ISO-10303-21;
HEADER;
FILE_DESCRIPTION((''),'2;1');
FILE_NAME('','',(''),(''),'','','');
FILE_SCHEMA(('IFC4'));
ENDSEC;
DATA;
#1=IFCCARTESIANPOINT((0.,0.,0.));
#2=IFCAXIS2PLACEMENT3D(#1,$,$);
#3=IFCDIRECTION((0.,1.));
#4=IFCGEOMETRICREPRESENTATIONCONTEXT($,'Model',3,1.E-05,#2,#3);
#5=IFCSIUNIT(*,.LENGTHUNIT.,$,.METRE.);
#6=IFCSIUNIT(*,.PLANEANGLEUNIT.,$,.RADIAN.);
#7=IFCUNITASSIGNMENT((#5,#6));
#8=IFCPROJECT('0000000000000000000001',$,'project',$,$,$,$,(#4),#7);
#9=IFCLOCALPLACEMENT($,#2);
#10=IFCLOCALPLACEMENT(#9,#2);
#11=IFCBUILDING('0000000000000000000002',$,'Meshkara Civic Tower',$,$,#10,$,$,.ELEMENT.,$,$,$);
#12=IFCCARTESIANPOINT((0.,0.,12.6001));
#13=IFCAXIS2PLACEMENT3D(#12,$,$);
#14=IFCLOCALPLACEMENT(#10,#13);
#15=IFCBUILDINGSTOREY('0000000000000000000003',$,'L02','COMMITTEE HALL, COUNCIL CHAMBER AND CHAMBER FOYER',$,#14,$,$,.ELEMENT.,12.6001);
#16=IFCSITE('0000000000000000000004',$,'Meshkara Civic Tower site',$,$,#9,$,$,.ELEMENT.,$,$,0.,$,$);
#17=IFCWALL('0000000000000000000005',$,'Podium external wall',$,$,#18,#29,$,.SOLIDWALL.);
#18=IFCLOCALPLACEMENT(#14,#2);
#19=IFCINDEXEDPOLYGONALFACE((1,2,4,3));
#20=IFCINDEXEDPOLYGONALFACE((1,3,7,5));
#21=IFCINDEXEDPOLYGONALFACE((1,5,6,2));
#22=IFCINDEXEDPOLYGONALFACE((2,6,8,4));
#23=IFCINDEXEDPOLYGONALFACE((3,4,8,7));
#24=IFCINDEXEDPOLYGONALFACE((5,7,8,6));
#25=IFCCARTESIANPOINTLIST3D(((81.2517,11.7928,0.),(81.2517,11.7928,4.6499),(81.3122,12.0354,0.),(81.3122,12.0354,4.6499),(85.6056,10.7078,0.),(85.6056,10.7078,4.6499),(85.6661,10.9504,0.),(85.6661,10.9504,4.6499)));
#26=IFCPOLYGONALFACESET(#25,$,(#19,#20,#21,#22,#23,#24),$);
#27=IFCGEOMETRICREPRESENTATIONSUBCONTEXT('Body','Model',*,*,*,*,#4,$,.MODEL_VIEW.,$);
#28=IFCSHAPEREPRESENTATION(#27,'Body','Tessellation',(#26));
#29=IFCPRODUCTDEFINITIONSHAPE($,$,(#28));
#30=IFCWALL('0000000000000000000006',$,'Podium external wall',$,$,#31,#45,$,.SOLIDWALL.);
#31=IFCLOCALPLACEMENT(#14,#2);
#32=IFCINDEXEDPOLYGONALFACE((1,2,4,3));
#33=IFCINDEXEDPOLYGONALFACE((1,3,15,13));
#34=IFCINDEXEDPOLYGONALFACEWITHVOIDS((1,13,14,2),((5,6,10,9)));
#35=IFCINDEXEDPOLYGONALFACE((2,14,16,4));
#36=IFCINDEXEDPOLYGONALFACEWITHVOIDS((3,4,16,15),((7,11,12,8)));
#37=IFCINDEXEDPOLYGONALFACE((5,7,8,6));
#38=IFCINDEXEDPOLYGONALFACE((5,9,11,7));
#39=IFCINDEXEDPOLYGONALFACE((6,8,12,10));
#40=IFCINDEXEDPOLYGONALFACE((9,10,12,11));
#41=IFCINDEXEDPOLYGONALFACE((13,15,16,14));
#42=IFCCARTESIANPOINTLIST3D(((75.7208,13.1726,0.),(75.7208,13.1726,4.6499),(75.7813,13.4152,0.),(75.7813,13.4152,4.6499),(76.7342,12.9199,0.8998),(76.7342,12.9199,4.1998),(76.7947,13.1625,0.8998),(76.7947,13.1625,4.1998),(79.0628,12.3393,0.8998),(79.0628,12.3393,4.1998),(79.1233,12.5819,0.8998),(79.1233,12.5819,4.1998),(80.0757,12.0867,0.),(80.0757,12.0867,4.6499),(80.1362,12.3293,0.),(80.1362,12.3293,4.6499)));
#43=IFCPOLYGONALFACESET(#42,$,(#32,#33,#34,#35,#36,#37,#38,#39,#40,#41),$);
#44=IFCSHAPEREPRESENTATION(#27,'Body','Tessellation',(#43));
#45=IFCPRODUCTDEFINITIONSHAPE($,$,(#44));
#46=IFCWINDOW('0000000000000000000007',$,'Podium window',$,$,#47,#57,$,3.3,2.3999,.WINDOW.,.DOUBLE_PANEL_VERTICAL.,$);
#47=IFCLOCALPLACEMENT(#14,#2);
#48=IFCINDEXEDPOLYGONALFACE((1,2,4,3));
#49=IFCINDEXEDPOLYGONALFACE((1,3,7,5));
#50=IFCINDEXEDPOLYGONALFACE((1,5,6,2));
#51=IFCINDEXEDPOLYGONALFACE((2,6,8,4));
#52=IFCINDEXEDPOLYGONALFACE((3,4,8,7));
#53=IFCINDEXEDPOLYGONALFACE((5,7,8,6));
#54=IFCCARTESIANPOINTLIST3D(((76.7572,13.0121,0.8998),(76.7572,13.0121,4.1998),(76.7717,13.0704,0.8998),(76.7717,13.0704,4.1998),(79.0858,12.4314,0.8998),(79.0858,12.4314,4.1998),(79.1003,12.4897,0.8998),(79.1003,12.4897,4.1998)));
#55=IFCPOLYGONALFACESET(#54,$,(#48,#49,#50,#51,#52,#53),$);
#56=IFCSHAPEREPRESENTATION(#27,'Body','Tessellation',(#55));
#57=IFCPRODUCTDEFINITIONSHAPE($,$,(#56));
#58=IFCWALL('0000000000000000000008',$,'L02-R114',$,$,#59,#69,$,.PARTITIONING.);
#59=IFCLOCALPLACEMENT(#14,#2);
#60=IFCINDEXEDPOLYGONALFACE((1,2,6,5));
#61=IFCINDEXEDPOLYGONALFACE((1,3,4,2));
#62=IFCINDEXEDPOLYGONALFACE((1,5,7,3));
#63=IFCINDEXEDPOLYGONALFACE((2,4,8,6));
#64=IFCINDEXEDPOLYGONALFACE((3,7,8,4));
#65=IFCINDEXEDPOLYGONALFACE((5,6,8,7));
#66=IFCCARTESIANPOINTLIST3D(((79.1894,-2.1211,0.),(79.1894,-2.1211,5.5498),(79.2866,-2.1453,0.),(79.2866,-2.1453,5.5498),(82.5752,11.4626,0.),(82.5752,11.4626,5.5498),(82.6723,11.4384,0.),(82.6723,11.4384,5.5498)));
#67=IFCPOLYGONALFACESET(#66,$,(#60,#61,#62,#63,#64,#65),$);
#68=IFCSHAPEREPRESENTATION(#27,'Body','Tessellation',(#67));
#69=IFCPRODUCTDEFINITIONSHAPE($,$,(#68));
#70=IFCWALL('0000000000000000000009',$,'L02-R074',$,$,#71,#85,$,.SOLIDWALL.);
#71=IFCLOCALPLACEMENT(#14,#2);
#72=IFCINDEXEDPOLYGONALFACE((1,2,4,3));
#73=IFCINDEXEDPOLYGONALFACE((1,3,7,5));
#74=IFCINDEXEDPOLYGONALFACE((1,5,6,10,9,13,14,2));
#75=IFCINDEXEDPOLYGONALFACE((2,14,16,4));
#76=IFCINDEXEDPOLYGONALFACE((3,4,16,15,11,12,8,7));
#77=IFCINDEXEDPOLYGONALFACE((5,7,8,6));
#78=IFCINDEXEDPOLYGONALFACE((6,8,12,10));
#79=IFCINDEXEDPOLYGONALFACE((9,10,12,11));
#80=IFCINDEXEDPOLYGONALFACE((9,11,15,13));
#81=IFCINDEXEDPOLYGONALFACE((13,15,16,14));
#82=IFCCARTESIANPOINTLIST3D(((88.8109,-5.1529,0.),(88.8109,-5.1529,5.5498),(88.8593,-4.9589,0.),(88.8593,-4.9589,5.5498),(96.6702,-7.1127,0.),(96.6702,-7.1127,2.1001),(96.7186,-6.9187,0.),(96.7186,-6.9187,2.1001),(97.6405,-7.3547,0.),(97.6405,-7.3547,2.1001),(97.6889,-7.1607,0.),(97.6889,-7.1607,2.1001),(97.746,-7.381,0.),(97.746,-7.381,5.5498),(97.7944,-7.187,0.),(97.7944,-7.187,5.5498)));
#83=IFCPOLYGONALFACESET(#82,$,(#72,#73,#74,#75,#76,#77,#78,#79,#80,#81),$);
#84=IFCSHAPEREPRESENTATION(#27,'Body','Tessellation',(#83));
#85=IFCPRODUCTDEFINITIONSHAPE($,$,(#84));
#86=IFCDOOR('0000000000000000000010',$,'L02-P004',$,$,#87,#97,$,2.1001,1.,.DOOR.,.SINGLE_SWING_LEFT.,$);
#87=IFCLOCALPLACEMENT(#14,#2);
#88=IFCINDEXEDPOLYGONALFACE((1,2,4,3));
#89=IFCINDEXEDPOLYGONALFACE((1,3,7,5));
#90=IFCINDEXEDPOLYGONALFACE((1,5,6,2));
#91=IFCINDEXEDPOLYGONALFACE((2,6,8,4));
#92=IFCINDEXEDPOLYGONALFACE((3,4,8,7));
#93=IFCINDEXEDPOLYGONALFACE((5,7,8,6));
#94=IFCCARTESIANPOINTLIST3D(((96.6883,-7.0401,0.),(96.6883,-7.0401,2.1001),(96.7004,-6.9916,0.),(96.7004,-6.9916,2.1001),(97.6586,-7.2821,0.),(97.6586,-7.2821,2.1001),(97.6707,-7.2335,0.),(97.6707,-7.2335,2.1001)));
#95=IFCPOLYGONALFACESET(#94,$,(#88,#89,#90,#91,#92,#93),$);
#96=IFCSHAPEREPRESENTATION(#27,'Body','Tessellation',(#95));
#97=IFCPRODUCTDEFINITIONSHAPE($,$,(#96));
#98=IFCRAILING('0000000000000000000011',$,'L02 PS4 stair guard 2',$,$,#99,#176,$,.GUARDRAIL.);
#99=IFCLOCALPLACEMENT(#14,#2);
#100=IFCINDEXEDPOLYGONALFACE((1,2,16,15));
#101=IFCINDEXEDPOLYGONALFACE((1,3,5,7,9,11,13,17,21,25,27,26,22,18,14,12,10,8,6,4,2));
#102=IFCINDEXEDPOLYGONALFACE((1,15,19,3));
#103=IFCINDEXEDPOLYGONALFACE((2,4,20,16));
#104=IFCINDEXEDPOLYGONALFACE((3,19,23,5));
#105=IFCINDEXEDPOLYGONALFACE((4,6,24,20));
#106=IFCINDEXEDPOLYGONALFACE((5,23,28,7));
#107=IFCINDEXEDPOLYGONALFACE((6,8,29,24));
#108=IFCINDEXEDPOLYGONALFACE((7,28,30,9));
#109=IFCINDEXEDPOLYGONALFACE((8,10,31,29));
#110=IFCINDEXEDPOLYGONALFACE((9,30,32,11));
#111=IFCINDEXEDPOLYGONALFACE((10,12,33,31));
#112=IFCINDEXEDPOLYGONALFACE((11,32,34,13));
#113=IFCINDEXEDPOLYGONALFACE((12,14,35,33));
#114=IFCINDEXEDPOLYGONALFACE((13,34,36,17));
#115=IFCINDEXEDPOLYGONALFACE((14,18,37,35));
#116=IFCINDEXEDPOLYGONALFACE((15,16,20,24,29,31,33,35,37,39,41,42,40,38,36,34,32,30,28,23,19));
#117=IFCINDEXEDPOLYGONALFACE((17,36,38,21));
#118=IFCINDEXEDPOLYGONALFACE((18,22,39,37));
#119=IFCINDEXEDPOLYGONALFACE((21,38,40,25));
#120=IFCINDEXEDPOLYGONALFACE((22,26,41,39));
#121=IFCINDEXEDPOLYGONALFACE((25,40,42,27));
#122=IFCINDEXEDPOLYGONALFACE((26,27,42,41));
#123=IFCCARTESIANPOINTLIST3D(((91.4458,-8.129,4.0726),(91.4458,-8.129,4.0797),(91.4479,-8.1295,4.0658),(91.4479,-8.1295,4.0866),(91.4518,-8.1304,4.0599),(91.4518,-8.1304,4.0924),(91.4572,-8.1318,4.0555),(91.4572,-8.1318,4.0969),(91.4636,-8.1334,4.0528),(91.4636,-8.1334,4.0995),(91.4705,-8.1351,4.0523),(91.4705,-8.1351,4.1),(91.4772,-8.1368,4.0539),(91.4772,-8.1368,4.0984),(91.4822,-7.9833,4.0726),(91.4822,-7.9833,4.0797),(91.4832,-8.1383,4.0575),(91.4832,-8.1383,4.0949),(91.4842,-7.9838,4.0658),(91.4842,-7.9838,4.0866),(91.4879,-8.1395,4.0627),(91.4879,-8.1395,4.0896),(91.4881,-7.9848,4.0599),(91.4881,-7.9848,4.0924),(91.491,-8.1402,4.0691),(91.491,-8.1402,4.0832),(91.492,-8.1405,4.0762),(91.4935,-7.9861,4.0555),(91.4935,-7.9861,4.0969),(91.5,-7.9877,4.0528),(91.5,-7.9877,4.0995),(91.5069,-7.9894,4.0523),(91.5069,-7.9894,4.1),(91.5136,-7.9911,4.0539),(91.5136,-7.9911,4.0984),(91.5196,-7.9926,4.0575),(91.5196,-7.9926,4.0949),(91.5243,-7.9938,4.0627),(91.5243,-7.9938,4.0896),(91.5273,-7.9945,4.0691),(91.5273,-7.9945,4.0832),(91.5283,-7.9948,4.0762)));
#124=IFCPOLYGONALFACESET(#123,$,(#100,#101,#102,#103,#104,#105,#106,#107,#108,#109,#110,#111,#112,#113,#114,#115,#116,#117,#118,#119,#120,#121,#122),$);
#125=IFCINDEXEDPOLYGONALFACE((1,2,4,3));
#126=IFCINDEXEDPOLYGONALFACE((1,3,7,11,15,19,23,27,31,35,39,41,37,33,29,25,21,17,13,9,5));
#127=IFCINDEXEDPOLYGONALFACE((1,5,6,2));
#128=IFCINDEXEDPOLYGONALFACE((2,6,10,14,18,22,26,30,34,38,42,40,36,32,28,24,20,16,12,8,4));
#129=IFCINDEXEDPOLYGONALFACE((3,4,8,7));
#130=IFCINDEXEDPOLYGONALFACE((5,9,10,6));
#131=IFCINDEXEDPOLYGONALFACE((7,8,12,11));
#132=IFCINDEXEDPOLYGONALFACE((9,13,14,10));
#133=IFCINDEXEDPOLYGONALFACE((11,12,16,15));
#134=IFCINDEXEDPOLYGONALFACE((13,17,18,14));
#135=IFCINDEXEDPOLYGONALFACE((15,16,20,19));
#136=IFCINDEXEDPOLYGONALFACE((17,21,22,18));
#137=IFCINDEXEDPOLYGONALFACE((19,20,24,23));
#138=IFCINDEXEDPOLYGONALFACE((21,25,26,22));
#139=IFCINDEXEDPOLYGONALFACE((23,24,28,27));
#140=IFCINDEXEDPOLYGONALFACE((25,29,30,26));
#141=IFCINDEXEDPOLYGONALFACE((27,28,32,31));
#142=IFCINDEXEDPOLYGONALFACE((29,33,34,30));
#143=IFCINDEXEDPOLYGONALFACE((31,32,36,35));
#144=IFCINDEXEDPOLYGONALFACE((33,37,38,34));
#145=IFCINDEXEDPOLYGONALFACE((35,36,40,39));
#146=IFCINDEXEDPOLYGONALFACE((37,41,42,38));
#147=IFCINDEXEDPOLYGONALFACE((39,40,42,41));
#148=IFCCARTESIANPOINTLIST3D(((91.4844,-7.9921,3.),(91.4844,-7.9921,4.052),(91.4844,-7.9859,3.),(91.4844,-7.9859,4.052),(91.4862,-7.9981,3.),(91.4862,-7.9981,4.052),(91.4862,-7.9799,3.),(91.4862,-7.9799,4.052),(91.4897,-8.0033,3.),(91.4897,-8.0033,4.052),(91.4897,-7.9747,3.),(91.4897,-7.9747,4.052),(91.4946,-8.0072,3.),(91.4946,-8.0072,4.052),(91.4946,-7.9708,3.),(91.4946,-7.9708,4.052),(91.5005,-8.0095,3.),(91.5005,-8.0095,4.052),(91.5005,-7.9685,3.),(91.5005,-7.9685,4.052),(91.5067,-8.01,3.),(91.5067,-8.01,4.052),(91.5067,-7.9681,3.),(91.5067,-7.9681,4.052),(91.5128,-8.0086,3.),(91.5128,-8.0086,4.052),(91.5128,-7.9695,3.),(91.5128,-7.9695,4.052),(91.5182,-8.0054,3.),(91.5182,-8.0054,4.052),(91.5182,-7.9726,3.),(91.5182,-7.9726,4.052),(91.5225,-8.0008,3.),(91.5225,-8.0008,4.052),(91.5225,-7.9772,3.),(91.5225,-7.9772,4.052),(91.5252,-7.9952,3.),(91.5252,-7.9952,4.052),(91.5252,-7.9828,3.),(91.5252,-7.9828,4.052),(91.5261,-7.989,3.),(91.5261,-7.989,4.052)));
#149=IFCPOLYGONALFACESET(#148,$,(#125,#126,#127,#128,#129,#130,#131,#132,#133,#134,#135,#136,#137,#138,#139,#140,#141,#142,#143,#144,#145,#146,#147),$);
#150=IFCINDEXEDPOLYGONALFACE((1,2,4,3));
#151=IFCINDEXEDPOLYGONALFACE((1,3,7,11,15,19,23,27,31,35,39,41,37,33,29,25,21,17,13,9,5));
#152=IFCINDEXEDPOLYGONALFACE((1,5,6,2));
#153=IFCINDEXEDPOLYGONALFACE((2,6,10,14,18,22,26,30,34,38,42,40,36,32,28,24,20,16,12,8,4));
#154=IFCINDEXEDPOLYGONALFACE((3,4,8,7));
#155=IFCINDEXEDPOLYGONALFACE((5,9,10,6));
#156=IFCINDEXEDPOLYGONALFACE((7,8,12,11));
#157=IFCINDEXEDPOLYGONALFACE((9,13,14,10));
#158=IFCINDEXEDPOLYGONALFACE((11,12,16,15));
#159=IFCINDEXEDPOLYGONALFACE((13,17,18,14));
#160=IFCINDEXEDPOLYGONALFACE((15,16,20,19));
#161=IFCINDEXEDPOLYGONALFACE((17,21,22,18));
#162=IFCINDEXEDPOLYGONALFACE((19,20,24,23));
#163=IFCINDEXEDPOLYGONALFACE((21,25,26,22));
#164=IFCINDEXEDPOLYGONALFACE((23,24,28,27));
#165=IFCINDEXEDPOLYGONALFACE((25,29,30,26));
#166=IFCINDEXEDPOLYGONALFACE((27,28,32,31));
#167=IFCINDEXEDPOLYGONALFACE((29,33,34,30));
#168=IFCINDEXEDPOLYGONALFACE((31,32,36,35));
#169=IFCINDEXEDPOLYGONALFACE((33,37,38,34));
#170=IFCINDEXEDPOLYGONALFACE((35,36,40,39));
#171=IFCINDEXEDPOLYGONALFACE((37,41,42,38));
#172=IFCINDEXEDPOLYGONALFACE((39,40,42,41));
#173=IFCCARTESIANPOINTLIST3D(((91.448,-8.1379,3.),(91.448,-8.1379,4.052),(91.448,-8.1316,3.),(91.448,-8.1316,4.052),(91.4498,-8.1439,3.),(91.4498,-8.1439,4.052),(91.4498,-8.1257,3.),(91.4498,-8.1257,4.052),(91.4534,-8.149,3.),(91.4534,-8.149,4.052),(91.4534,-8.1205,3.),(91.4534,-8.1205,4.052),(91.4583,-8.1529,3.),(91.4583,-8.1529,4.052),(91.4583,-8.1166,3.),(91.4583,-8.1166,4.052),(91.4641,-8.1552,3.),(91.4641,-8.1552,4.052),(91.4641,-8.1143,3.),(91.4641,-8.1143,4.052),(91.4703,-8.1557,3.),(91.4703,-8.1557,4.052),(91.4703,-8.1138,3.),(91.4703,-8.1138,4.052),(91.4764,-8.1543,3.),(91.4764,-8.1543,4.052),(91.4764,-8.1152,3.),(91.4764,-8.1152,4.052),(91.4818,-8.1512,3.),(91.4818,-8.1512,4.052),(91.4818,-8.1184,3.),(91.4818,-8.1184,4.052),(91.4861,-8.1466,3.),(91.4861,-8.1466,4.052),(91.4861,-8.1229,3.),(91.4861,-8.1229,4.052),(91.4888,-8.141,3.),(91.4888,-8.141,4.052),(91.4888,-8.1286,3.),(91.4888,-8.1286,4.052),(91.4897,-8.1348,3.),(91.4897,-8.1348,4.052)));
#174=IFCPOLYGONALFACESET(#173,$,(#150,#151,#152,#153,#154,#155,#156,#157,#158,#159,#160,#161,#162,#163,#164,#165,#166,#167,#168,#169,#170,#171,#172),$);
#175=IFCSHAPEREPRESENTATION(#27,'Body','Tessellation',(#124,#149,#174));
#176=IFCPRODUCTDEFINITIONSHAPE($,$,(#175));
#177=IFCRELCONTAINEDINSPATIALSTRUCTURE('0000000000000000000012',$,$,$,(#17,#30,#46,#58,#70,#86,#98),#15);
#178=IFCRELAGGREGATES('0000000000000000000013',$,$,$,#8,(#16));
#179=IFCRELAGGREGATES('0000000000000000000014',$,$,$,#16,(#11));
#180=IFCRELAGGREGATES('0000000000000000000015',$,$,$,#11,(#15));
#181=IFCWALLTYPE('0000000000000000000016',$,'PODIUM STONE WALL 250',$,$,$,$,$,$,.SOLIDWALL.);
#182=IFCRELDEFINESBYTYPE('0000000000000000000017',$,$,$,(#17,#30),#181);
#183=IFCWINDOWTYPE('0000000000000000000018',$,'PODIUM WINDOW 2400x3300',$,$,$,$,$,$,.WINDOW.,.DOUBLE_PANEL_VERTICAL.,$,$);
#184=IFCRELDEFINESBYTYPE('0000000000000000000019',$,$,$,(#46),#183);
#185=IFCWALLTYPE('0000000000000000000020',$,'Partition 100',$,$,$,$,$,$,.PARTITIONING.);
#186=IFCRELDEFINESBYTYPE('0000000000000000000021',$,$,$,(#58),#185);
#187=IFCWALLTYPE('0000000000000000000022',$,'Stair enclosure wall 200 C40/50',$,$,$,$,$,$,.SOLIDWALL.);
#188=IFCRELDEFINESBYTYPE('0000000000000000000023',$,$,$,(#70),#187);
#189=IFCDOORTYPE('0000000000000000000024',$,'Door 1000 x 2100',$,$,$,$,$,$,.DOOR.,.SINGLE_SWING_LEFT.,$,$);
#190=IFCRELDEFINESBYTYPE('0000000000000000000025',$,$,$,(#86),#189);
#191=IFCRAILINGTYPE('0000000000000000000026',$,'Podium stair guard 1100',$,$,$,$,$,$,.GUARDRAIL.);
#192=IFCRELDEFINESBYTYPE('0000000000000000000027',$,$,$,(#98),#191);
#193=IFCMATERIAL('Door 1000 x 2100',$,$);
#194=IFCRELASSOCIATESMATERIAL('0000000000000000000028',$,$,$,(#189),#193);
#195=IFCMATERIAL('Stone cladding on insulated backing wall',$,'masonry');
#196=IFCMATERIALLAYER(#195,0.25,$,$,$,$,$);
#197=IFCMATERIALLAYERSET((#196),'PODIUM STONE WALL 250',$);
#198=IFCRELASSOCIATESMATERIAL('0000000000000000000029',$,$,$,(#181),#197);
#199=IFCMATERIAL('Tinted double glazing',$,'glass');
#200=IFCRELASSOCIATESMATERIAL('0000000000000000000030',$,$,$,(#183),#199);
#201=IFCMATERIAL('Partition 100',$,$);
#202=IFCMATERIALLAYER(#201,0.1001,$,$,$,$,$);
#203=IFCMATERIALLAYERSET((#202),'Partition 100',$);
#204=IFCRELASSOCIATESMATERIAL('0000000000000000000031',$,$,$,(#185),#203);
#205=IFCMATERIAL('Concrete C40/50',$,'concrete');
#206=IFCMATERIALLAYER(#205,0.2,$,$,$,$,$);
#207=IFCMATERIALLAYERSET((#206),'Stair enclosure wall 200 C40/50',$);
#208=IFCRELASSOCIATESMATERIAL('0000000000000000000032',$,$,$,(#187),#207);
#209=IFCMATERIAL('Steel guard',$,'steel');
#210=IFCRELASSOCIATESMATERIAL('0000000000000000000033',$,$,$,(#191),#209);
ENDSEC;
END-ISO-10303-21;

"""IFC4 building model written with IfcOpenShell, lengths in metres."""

from ifc_helpers import new_model, si_unit, direction, frame, frame_2d, origin, origin_2d, place, context, subcontext, project, spatial, rectangle, circle, extrude, material, layer, layer_set, type_object, element, fill, save


model = new_model("IFC4")

# Units and contexts
model_context = context("Model", 3, precision=1e-05, world=origin(), true_north=direction((0.0, 1.0)))
body_context = subcontext(model_context, "Body", "Model", "MODEL_VIEW")
ifc_project = project(units=[si_unit("LENGTHUNIT", "METRE"), si_unit("PLANEANGLEUNIT", "RADIAN")], contexts=[model_context])

# Site, building, storey
site_placement = place(None, origin())
site = spatial("IfcSite", under=ifc_project, at=site_placement, Name="Meshkara Civic Tower site", CompositionType="ELEMENT", RefElevation=0.0)
building_placement = place(site_placement, origin())
building = spatial("IfcBuilding", under=site, at=building_placement, Name="Meshkara Civic Tower", CompositionType="ELEMENT")
storey_placement = place(building_placement, frame((0.0, 0.0, 12.6001)))
storey = spatial("IfcBuildingStorey", under=building, at=storey_placement, Name="L02", Description="COMMITTEE HALL, COUNCIL CHAMBER AND CHAMBER FOYER", CompositionType="ELEMENT", Elevation=12.6001)

# Shared definitions
ifc_material_1 = material(Name="Door 1000 x 2100")
door_type_1 = type_object("IfcDoorType", Name="Door 1000 x 2100", OperationType="SINGLE_SWING_LEFT", PredefinedType="DOOR", material=ifc_material_1)

# Wall
ifc_material_2 = material(Name="Stone cladding on insulated backing wall", Category="masonry")
ifc_layer_1 = layer(ifc_material_2, 0.25)
ifc_layer_set_1 = layer_set([ifc_layer_1], Name="PODIUM STONE WALL 250")
wall_type_1 = type_object("IfcWallType", Name="PODIUM STONE WALL 250", PredefinedType="SOLIDWALL", material=ifc_layer_set_1)
wall_1_placement = place(storey_placement, frame((85.636, 10.8291, 0.0), z_axis=(0.0, 0.0, 1.0), x_axis=(-0.970328, 0.241793, 0.0)))
element("IfcWall", 1, at=wall_1_placement, inside=storey, type_object=wall_type_1, Name="Podium external wall", PredefinedType="SOLIDWALL", context=body_context, shape_type="SweptSolid", body=[
    extrude(rectangle(XDim=4.4871, YDim=0.25, at=frame_2d((2.2437, 0.0))), origin(), (0.0, 0.0, 1.0), 4.6499),
])

# Wall, opening, window
wall_2_placement = place(storey_placement, frame((80.106, 12.208, 0.0), z_axis=(0.0, 0.0, 1.0), x_axis=(-0.97029, 0.241947, 0.0)))
wall_2 = element("IfcWall", 2, at=wall_2_placement, inside=storey, type_object=wall_type_1, Name="Podium external wall", PredefinedType="SOLIDWALL", context=body_context, shape_type="SweptSolid", body=[
    extrude(rectangle(XDim=4.4883, YDim=0.25, at=frame_2d((2.2441, 0.0))), origin(), (0.0, 0.0, 1.0), 4.6499),
])
opening_1_placement = place(wall_2_placement, frame((1.0439, 0.0, 0.8999)))
opening_1 = element("IfcOpeningElement", 3, at=opening_1_placement, cuts=wall_2, PredefinedType="OPENING", context=body_context, shape_type="SweptSolid", body=[
    extrude(rectangle(XDim=2.3999, YDim=3.3, at=frame_2d((1.2, 1.6499))), frame((0.0, 0.135, 0.0), z_axis=(0.0, -1.0, 0.0), x_axis=(1.0, 0.0, 0.0)), (0.0, 0.0, 1.0), 0.27),
])
ifc_material_3 = material(Name="Tinted double glazing", Category="glass")
window_type = type_object("IfcWindowType", Name="PODIUM WINDOW 2400x3300", PartitioningType="DOUBLE_PANEL_VERTICAL", PredefinedType="WINDOW", material=ifc_material_3)
window_placement = place(opening_1_placement, origin())
window = element("IfcWindow", 4, at=window_placement, inside=storey, type_object=window_type, Name="Podium window", OverallHeight=3.3, OverallWidth=2.3999, PartitioningType="DOUBLE_PANEL_VERTICAL", PredefinedType="WINDOW", context=body_context, shape_type="SweptSolid", body=[
    extrude(rectangle(XDim=2.3999, YDim=3.3, at=frame_2d((1.2, 1.6499))), frame((0.0, 0.03, 0.0), z_axis=(0.0, -1.0, 0.0), x_axis=(1.0, 0.0, 0.0)), (0.0, 0.0, 1.0), 0.0601),
])
fill(opening_1, window)

# Wall
ifc_material_4 = material(Name="Partition 100")
ifc_layer_2 = layer(ifc_material_4, 0.1001)
ifc_layer_set_2 = layer_set([ifc_layer_2], Name="Partition 100")
wall_type_2 = type_object("IfcWallType", Name="Partition 100", PredefinedType="PARTITIONING", material=ifc_layer_set_2)
wall_3_placement = place(storey_placement, frame((79.238, -2.1331, 0.0), z_axis=(0.0, 0.0, 1.0), x_axis=(0.24185, 0.970314, 0.0)))
element("IfcWall", 5, at=wall_3_placement, inside=storey, type_object=wall_type_2, Name="L02-R114", PredefinedType="PARTITIONING", context=body_context, shape_type="SweptSolid", body=[
    extrude(rectangle(XDim=13.9993, YDim=0.1001, at=frame_2d((6.9995, 0.0))), origin(), (0.0, 0.0, 1.0), 5.5498),
])

# Wall, opening, door
ifc_material_5 = material(Name="Concrete C40/50", Category="concrete")
ifc_layer_3 = layer(ifc_material_5, 0.2)
ifc_layer_set_3 = layer_set([ifc_layer_3], Name="Stair enclosure wall 200 C40/50")
wall_type_3 = type_object("IfcWallType", Name="Stair enclosure wall 200 C40/50", PredefinedType="SOLIDWALL", material=ifc_layer_set_3)
wall_4_placement = place(storey_placement, frame((88.835, -5.0559, 0.0), z_axis=(0.0, 0.0, 1.0), x_axis=(0.970289, -0.241949, 0.0)))
wall_4 = element("IfcWall", 6, at=wall_4_placement, inside=storey, type_object=wall_type_3, Name="L02-R074", PredefinedType="SOLIDWALL", context=body_context, shape_type="SweptSolid", body=[
    extrude(rectangle(XDim=9.2087, YDim=0.2, at=frame_2d((4.6045, 0.0))), origin(), (0.0, 0.0, 1.0), 5.5498),
])
opening_2_placement = place(wall_4_placement, frame((8.1001, 0.0, 0.0)))
opening_2 = element("IfcOpeningElement", 7, at=opening_2_placement, cuts=wall_4, PredefinedType="OPENING", context=body_context, shape_type="SweptSolid", body=[
    extrude(rectangle(XDim=1.0, YDim=2.1001, at=frame_2d((0.5, 1.05))), frame((0.0, 0.1099, 0.0), z_axis=(0.0, -1.0, 0.0), x_axis=(1.0, 0.0, 0.0)), (0.0, 0.0, 1.0), 0.22),
])
door_1_placement = place(opening_2_placement, origin())
door_1 = element("IfcDoor", 8, at=door_1_placement, inside=storey, type_object=door_type_1, Name="L02-P004", OperationType="SINGLE_SWING_LEFT", OverallHeight=2.1001, OverallWidth=1.0, PredefinedType="DOOR", context=body_context, shape_type="SweptSolid", body=[
    extrude(rectangle(XDim=1.0, YDim=2.1001, at=frame_2d((0.5, 1.05))), frame((0.0, 0.0249, 0.0), z_axis=(0.0, -1.0, 0.0), x_axis=(1.0, 0.0, 0.0)), (0.0, 0.0, 1.0), 0.05),
])
fill(opening_2, door_1)

# Railing
ifc_material_6 = material(Name="Steel guard", Category="steel")
railing_type = type_object("IfcRailingType", Name="Podium stair guard 1100", PredefinedType="GUARDRAIL", material=ifc_material_6)
railing_placement = place(storey_placement, frame((91.5051, -7.989, 3.0)))
element("IfcRailing", 9, at=railing_placement, inside=storey, type_object=railing_type, Name="L02 PS4 stair guard 2", PredefinedType="GUARDRAIL", context=body_context, shape_type="SweptSolid", body=[
    extrude(circle(Radius=0.0239, at=origin_2d()), frame((0.0, 0.0, 1.0762), z_axis=(-0.242153, -0.970238, 0.0), x_axis=(0.970238, -0.242153, 0.0)), (0.0, 0.0, 1.0), 0.1501),
    extrude(circle(Radius=0.021, at=origin_2d()), origin(), (0.0, 0.0, 1.0), 1.052),
    extrude(circle(Radius=0.021, at=origin_2d()), frame((-0.0364, -0.1458, 0.0)), (0.0, 0.0, 1.0), 1.052),
])

save(model, "model.ifc")
